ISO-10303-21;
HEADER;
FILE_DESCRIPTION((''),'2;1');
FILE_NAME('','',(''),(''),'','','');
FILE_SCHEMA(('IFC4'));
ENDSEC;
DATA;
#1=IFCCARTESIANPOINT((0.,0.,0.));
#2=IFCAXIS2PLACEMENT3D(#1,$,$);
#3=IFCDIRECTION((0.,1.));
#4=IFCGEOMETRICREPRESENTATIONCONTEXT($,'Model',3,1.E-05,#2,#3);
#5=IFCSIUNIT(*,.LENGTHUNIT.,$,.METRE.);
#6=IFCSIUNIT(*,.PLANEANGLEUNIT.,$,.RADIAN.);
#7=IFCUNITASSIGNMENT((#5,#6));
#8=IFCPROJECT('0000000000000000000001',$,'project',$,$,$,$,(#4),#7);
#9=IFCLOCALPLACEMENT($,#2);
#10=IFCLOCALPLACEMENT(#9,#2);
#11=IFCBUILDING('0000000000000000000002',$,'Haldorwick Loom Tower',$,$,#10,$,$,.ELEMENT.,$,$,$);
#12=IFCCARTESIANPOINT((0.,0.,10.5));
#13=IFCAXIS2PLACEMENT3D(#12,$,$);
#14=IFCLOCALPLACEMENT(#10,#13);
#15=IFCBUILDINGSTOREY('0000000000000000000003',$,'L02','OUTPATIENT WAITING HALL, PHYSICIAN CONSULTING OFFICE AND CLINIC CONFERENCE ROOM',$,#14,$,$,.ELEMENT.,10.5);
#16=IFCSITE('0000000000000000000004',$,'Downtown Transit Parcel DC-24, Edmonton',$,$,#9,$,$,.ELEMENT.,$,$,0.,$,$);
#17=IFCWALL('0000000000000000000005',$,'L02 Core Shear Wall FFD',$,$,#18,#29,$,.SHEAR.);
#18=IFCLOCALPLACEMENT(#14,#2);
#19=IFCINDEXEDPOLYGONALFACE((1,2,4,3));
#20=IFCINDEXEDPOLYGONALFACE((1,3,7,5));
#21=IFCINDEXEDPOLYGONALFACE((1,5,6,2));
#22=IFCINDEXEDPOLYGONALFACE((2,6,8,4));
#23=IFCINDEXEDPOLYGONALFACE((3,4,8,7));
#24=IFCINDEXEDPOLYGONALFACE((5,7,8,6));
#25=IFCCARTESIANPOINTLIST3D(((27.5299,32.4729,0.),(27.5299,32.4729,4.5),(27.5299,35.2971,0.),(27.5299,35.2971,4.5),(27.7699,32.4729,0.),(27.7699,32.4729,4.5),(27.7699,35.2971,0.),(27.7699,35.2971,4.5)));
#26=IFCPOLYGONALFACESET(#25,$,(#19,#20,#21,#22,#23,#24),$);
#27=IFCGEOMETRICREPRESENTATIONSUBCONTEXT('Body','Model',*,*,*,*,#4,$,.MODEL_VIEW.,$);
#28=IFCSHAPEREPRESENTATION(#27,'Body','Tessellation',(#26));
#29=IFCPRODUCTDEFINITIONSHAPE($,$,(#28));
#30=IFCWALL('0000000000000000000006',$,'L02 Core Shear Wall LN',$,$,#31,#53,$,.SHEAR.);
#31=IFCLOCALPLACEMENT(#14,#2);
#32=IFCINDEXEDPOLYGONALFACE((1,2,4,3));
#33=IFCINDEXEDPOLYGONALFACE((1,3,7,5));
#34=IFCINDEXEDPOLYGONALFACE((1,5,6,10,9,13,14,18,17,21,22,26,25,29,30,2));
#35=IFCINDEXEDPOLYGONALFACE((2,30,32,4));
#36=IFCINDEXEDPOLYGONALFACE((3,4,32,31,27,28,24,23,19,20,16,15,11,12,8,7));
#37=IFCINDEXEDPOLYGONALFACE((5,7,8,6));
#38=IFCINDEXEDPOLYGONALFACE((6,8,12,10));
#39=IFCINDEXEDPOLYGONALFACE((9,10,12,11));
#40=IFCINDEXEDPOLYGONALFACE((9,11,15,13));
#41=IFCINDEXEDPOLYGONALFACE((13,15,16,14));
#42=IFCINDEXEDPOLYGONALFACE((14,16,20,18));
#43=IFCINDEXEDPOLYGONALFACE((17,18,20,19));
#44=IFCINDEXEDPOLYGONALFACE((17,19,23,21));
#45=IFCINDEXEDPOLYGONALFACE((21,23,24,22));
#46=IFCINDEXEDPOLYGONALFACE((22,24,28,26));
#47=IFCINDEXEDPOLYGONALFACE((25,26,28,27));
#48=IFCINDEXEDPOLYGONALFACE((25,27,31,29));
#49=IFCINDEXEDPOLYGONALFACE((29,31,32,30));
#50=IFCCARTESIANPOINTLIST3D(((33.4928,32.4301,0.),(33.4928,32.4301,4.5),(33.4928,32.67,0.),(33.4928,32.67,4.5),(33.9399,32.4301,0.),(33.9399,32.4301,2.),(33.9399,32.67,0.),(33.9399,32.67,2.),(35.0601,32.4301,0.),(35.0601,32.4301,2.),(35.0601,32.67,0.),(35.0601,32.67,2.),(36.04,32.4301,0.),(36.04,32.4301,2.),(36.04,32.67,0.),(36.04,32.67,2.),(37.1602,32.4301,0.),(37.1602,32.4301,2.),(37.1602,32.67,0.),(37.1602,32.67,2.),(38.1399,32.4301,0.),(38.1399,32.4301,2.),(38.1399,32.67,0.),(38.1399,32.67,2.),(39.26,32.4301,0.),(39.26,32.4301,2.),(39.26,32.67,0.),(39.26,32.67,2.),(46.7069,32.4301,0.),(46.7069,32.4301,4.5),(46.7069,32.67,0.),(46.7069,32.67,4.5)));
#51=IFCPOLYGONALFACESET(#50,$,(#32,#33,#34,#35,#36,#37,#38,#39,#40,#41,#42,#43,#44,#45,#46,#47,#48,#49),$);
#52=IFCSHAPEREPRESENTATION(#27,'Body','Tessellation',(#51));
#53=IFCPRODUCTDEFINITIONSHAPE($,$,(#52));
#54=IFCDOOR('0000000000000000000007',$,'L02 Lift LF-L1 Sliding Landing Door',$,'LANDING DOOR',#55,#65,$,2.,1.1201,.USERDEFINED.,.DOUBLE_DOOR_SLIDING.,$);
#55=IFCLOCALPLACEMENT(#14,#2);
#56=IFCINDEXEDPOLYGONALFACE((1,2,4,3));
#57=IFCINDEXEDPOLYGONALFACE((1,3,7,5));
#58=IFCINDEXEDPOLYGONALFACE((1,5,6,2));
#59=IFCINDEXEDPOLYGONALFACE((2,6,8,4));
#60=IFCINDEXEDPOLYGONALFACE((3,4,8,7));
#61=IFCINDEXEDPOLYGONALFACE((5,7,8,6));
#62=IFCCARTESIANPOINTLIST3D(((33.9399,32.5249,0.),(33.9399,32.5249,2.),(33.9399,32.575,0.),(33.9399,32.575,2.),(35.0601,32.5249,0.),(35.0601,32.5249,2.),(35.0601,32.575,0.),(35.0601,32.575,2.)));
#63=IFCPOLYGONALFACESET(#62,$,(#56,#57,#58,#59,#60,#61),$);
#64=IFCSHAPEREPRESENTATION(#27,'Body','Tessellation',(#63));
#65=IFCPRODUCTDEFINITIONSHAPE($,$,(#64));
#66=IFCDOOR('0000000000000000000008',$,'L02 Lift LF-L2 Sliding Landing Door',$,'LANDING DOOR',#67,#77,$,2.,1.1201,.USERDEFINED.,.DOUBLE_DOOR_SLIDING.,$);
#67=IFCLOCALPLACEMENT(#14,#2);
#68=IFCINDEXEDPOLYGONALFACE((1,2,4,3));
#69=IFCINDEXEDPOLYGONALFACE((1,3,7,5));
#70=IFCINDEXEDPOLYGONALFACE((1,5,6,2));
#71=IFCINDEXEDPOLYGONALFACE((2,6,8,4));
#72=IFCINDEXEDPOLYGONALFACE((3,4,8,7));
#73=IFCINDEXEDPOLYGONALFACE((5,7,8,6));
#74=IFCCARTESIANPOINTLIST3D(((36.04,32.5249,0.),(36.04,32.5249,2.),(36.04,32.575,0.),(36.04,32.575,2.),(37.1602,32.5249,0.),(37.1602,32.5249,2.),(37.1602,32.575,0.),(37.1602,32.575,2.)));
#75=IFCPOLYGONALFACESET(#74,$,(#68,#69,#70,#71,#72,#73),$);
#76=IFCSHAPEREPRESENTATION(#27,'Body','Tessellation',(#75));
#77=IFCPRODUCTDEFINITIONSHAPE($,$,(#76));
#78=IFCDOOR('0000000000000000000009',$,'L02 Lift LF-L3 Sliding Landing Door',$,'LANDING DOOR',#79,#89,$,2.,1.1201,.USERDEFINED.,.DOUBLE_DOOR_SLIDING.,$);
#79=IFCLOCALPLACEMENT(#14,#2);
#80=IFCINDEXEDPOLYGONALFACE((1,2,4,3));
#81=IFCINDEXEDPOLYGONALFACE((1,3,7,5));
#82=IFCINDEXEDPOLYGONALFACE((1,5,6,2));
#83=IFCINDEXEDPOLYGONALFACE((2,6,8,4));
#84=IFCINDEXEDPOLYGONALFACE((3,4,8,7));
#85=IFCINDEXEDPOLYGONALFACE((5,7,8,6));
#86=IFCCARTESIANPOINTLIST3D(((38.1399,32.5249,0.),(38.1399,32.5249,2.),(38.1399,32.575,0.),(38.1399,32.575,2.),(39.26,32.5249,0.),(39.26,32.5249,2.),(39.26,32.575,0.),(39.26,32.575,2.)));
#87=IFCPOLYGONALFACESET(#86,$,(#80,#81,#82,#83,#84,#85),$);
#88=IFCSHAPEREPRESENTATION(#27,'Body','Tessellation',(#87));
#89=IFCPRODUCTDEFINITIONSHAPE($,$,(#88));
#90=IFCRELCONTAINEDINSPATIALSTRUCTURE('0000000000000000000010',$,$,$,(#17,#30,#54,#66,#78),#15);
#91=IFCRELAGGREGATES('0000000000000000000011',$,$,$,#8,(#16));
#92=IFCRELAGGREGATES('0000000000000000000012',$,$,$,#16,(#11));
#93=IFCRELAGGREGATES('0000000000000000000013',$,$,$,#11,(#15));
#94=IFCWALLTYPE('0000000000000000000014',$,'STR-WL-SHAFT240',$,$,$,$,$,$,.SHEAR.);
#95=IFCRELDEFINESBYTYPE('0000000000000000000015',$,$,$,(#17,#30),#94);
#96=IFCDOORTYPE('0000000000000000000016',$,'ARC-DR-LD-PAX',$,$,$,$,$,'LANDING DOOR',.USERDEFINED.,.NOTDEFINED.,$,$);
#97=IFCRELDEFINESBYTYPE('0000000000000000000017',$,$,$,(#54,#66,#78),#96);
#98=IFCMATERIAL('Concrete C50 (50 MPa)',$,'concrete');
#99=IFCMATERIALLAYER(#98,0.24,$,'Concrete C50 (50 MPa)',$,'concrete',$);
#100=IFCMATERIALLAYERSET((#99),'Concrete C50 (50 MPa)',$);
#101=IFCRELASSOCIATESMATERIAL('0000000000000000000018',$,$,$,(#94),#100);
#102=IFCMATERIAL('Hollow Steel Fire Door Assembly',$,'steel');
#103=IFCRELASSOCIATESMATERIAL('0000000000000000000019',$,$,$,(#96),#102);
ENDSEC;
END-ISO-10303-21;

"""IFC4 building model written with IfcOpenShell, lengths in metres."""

from ifc_helpers import new_model, si_unit, direction, frame, frame_2d, origin, place, context, subcontext, project, spatial, rectangle, extrude, material, layer, layer_set, type_object, element, fill, save


model = new_model("IFC4")

# Units and contexts
model_context = context("Model", 3, precision=1e-05, world=origin(), true_north=direction((0.0, 1.0)))
body_context = subcontext(model_context, "Body", "Model", "MODEL_VIEW")
ifc_project = project(units=[si_unit("LENGTHUNIT", "METRE"), si_unit("PLANEANGLEUNIT", "RADIAN")], contexts=[model_context])

# Site, building, storey
site_placement = place(None, origin())
site = spatial("IfcSite", under=ifc_project, at=site_placement, Name="Downtown Transit Parcel DC-24, Edmonton", CompositionType="ELEMENT", RefElevation=0.0)
building_placement = place(site_placement, origin())
building = spatial("IfcBuilding", under=site, at=building_placement, Name="Haldorwick Loom Tower", CompositionType="ELEMENT")
storey_placement = place(building_placement, frame((0.0, 0.0, 10.5)))
storey = spatial("IfcBuildingStorey", under=building, at=storey_placement, Name="L02", Description="OUTPATIENT WAITING HALL, PHYSICIAN CONSULTING OFFICE AND CLINIC CONFERENCE ROOM", CompositionType="ELEMENT", Elevation=10.5)

# Wall
ifc_material_1 = material(Name="Concrete C50 (50 MPa)", Category="concrete")
ifc_layer_1 = layer(ifc_material_1, 0.24, Name="Concrete C50 (50 MPa)", Category="concrete")
ifc_layer_set_1 = layer_set([ifc_layer_1], Name="Concrete C50 (50 MPa)")
wall_type_1 = type_object("IfcWallType", Name="STR-WL-SHAFT240", PredefinedType="SHEAR", material=ifc_layer_set_1)
wall_1_placement = place(storey_placement, frame((27.6499, 32.4729, 0.0), z_axis=(0.0, 0.0, 1.0), x_axis=(0.0, 1.0, 0.0)))
element("IfcWall", 1, at=wall_1_placement, inside=storey, type_object=wall_type_1, Name="L02 Core Shear Wall FFD", PredefinedType="SHEAR", context=body_context, shape_type="SweptSolid", body=[
    extrude(rectangle(XDim=2.8242, YDim=0.24, at=frame_2d((1.4121, 0.0))), origin(), (0.0, 0.0, 1.0), 4.5),
])

# Wall, openings, doors
wall_2_placement = place(storey_placement, frame((33.4929, 32.55, 0.0), z_axis=(0.0, 0.0, 1.0), x_axis=(1.0, 0.0, 0.0)))
wall_2 = element("IfcWall", 2, at=wall_2_placement, inside=storey, type_object=wall_type_1, Name="L02 Core Shear Wall LN", PredefinedType="SHEAR", context=body_context, shape_type="SweptSolid", body=[
    extrude(rectangle(XDim=13.2141, YDim=0.24, at=frame_2d((6.6069, 0.0))), origin(), (0.0, 0.0, 1.0), 4.5),
])
opening_1_placement = place(wall_2_placement, frame((0.447, 0.0, 0.0)))
opening_1 = element("IfcOpeningElement", 3, at=opening_1_placement, cuts=wall_2, PredefinedType="OPENING", context=body_context, shape_type="SweptSolid", body=[
    extrude(rectangle(XDim=1.1201, YDim=2.0, at=frame_2d((0.5601, 1.0))), frame((0.0, 0.1299, 0.0), z_axis=(0.0, -1.0, 0.0), x_axis=(1.0, 0.0, 0.0)), (0.0, 0.0, 1.0), 0.26),
])
opening_2_placement = place(wall_2_placement, frame((2.5471, 0.0, 0.0)))
opening_2 = element("IfcOpeningElement", 4, at=opening_2_placement, cuts=wall_2, PredefinedType="OPENING", context=body_context, shape_type="SweptSolid", body=[
    extrude(rectangle(XDim=1.1201, YDim=2.0, at=frame_2d((0.5601, 1.0))), frame((0.0, 0.1299, 0.0), z_axis=(0.0, -1.0, 0.0), x_axis=(1.0, 0.0, 0.0)), (0.0, 0.0, 1.0), 0.26),
])
opening_3_placement = place(wall_2_placement, frame((4.647, 0.0, 0.0)))
opening_3 = element("IfcOpeningElement", 5, at=opening_3_placement, cuts=wall_2, PredefinedType="OPENING", context=body_context, shape_type="SweptSolid", body=[
    extrude(rectangle(XDim=1.1201, YDim=2.0, at=frame_2d((0.5601, 1.0))), frame((0.0, 0.1299, 0.0), z_axis=(0.0, -1.0, 0.0), x_axis=(1.0, 0.0, 0.0)), (0.0, 0.0, 1.0), 0.26),
])
ifc_material_2 = material(Name="Hollow Steel Fire Door Assembly", Category="steel")
door_type = type_object("IfcDoorType", Name="ARC-DR-LD-PAX", ElementType="LANDING DOOR", OperationType="NOTDEFINED", PredefinedType="USERDEFINED", material=ifc_material_2)
door_1_placement = place(opening_1_placement, origin())
door_1 = element("IfcDoor", 6, at=door_1_placement, inside=storey, type_object=door_type, Name="L02 Lift LF-L1 Sliding Landing Door", ObjectType="LANDING DOOR", OperationType="DOUBLE_DOOR_SLIDING", OverallHeight=2.0, OverallWidth=1.1201, PredefinedType="USERDEFINED", context=body_context, shape_type="SweptSolid", body=[
    extrude(rectangle(XDim=1.1201, YDim=2.0, at=frame_2d((0.5601, 1.0))), frame((0.0, 0.0249, 0.0), z_axis=(0.0, -1.0, 0.0), x_axis=(1.0, 0.0, 0.0)), (0.0, 0.0, 1.0), 0.05),
])
fill(opening_1, door_1)
door_2_placement = place(opening_2_placement, origin())
door_2 = element("IfcDoor", 7, at=door_2_placement, inside=storey, type_object=door_type, Name="L02 Lift LF-L2 Sliding Landing Door", ObjectType="LANDING DOOR", OperationType="DOUBLE_DOOR_SLIDING", OverallHeight=2.0, OverallWidth=1.1201, PredefinedType="USERDEFINED", context=body_context, shape_type="SweptSolid", body=[
    extrude(rectangle(XDim=1.1201, YDim=2.0, at=frame_2d((0.5601, 1.0))), frame((0.0, 0.0249, 0.0), z_axis=(0.0, -1.0, 0.0), x_axis=(1.0, 0.0, 0.0)), (0.0, 0.0, 1.0), 0.05),
])
fill(opening_2, door_2)
door_3_placement = place(opening_3_placement, origin())
door_3 = element("IfcDoor", 8, at=door_3_placement, inside=storey, type_object=door_type, Name="L02 Lift LF-L3 Sliding Landing Door", ObjectType="LANDING DOOR", OperationType="DOUBLE_DOOR_SLIDING", OverallHeight=2.0, OverallWidth=1.1201, PredefinedType="USERDEFINED", context=body_context, shape_type="SweptSolid", body=[
    extrude(rectangle(XDim=1.1201, YDim=2.0, at=frame_2d((0.5601, 1.0))), frame((0.0, 0.0249, 0.0), z_axis=(0.0, -1.0, 0.0), x_axis=(1.0, 0.0, 0.0)), (0.0, 0.0, 1.0), 0.05),
])
fill(opening_3, door_3)

save(model, "model.ifc")
